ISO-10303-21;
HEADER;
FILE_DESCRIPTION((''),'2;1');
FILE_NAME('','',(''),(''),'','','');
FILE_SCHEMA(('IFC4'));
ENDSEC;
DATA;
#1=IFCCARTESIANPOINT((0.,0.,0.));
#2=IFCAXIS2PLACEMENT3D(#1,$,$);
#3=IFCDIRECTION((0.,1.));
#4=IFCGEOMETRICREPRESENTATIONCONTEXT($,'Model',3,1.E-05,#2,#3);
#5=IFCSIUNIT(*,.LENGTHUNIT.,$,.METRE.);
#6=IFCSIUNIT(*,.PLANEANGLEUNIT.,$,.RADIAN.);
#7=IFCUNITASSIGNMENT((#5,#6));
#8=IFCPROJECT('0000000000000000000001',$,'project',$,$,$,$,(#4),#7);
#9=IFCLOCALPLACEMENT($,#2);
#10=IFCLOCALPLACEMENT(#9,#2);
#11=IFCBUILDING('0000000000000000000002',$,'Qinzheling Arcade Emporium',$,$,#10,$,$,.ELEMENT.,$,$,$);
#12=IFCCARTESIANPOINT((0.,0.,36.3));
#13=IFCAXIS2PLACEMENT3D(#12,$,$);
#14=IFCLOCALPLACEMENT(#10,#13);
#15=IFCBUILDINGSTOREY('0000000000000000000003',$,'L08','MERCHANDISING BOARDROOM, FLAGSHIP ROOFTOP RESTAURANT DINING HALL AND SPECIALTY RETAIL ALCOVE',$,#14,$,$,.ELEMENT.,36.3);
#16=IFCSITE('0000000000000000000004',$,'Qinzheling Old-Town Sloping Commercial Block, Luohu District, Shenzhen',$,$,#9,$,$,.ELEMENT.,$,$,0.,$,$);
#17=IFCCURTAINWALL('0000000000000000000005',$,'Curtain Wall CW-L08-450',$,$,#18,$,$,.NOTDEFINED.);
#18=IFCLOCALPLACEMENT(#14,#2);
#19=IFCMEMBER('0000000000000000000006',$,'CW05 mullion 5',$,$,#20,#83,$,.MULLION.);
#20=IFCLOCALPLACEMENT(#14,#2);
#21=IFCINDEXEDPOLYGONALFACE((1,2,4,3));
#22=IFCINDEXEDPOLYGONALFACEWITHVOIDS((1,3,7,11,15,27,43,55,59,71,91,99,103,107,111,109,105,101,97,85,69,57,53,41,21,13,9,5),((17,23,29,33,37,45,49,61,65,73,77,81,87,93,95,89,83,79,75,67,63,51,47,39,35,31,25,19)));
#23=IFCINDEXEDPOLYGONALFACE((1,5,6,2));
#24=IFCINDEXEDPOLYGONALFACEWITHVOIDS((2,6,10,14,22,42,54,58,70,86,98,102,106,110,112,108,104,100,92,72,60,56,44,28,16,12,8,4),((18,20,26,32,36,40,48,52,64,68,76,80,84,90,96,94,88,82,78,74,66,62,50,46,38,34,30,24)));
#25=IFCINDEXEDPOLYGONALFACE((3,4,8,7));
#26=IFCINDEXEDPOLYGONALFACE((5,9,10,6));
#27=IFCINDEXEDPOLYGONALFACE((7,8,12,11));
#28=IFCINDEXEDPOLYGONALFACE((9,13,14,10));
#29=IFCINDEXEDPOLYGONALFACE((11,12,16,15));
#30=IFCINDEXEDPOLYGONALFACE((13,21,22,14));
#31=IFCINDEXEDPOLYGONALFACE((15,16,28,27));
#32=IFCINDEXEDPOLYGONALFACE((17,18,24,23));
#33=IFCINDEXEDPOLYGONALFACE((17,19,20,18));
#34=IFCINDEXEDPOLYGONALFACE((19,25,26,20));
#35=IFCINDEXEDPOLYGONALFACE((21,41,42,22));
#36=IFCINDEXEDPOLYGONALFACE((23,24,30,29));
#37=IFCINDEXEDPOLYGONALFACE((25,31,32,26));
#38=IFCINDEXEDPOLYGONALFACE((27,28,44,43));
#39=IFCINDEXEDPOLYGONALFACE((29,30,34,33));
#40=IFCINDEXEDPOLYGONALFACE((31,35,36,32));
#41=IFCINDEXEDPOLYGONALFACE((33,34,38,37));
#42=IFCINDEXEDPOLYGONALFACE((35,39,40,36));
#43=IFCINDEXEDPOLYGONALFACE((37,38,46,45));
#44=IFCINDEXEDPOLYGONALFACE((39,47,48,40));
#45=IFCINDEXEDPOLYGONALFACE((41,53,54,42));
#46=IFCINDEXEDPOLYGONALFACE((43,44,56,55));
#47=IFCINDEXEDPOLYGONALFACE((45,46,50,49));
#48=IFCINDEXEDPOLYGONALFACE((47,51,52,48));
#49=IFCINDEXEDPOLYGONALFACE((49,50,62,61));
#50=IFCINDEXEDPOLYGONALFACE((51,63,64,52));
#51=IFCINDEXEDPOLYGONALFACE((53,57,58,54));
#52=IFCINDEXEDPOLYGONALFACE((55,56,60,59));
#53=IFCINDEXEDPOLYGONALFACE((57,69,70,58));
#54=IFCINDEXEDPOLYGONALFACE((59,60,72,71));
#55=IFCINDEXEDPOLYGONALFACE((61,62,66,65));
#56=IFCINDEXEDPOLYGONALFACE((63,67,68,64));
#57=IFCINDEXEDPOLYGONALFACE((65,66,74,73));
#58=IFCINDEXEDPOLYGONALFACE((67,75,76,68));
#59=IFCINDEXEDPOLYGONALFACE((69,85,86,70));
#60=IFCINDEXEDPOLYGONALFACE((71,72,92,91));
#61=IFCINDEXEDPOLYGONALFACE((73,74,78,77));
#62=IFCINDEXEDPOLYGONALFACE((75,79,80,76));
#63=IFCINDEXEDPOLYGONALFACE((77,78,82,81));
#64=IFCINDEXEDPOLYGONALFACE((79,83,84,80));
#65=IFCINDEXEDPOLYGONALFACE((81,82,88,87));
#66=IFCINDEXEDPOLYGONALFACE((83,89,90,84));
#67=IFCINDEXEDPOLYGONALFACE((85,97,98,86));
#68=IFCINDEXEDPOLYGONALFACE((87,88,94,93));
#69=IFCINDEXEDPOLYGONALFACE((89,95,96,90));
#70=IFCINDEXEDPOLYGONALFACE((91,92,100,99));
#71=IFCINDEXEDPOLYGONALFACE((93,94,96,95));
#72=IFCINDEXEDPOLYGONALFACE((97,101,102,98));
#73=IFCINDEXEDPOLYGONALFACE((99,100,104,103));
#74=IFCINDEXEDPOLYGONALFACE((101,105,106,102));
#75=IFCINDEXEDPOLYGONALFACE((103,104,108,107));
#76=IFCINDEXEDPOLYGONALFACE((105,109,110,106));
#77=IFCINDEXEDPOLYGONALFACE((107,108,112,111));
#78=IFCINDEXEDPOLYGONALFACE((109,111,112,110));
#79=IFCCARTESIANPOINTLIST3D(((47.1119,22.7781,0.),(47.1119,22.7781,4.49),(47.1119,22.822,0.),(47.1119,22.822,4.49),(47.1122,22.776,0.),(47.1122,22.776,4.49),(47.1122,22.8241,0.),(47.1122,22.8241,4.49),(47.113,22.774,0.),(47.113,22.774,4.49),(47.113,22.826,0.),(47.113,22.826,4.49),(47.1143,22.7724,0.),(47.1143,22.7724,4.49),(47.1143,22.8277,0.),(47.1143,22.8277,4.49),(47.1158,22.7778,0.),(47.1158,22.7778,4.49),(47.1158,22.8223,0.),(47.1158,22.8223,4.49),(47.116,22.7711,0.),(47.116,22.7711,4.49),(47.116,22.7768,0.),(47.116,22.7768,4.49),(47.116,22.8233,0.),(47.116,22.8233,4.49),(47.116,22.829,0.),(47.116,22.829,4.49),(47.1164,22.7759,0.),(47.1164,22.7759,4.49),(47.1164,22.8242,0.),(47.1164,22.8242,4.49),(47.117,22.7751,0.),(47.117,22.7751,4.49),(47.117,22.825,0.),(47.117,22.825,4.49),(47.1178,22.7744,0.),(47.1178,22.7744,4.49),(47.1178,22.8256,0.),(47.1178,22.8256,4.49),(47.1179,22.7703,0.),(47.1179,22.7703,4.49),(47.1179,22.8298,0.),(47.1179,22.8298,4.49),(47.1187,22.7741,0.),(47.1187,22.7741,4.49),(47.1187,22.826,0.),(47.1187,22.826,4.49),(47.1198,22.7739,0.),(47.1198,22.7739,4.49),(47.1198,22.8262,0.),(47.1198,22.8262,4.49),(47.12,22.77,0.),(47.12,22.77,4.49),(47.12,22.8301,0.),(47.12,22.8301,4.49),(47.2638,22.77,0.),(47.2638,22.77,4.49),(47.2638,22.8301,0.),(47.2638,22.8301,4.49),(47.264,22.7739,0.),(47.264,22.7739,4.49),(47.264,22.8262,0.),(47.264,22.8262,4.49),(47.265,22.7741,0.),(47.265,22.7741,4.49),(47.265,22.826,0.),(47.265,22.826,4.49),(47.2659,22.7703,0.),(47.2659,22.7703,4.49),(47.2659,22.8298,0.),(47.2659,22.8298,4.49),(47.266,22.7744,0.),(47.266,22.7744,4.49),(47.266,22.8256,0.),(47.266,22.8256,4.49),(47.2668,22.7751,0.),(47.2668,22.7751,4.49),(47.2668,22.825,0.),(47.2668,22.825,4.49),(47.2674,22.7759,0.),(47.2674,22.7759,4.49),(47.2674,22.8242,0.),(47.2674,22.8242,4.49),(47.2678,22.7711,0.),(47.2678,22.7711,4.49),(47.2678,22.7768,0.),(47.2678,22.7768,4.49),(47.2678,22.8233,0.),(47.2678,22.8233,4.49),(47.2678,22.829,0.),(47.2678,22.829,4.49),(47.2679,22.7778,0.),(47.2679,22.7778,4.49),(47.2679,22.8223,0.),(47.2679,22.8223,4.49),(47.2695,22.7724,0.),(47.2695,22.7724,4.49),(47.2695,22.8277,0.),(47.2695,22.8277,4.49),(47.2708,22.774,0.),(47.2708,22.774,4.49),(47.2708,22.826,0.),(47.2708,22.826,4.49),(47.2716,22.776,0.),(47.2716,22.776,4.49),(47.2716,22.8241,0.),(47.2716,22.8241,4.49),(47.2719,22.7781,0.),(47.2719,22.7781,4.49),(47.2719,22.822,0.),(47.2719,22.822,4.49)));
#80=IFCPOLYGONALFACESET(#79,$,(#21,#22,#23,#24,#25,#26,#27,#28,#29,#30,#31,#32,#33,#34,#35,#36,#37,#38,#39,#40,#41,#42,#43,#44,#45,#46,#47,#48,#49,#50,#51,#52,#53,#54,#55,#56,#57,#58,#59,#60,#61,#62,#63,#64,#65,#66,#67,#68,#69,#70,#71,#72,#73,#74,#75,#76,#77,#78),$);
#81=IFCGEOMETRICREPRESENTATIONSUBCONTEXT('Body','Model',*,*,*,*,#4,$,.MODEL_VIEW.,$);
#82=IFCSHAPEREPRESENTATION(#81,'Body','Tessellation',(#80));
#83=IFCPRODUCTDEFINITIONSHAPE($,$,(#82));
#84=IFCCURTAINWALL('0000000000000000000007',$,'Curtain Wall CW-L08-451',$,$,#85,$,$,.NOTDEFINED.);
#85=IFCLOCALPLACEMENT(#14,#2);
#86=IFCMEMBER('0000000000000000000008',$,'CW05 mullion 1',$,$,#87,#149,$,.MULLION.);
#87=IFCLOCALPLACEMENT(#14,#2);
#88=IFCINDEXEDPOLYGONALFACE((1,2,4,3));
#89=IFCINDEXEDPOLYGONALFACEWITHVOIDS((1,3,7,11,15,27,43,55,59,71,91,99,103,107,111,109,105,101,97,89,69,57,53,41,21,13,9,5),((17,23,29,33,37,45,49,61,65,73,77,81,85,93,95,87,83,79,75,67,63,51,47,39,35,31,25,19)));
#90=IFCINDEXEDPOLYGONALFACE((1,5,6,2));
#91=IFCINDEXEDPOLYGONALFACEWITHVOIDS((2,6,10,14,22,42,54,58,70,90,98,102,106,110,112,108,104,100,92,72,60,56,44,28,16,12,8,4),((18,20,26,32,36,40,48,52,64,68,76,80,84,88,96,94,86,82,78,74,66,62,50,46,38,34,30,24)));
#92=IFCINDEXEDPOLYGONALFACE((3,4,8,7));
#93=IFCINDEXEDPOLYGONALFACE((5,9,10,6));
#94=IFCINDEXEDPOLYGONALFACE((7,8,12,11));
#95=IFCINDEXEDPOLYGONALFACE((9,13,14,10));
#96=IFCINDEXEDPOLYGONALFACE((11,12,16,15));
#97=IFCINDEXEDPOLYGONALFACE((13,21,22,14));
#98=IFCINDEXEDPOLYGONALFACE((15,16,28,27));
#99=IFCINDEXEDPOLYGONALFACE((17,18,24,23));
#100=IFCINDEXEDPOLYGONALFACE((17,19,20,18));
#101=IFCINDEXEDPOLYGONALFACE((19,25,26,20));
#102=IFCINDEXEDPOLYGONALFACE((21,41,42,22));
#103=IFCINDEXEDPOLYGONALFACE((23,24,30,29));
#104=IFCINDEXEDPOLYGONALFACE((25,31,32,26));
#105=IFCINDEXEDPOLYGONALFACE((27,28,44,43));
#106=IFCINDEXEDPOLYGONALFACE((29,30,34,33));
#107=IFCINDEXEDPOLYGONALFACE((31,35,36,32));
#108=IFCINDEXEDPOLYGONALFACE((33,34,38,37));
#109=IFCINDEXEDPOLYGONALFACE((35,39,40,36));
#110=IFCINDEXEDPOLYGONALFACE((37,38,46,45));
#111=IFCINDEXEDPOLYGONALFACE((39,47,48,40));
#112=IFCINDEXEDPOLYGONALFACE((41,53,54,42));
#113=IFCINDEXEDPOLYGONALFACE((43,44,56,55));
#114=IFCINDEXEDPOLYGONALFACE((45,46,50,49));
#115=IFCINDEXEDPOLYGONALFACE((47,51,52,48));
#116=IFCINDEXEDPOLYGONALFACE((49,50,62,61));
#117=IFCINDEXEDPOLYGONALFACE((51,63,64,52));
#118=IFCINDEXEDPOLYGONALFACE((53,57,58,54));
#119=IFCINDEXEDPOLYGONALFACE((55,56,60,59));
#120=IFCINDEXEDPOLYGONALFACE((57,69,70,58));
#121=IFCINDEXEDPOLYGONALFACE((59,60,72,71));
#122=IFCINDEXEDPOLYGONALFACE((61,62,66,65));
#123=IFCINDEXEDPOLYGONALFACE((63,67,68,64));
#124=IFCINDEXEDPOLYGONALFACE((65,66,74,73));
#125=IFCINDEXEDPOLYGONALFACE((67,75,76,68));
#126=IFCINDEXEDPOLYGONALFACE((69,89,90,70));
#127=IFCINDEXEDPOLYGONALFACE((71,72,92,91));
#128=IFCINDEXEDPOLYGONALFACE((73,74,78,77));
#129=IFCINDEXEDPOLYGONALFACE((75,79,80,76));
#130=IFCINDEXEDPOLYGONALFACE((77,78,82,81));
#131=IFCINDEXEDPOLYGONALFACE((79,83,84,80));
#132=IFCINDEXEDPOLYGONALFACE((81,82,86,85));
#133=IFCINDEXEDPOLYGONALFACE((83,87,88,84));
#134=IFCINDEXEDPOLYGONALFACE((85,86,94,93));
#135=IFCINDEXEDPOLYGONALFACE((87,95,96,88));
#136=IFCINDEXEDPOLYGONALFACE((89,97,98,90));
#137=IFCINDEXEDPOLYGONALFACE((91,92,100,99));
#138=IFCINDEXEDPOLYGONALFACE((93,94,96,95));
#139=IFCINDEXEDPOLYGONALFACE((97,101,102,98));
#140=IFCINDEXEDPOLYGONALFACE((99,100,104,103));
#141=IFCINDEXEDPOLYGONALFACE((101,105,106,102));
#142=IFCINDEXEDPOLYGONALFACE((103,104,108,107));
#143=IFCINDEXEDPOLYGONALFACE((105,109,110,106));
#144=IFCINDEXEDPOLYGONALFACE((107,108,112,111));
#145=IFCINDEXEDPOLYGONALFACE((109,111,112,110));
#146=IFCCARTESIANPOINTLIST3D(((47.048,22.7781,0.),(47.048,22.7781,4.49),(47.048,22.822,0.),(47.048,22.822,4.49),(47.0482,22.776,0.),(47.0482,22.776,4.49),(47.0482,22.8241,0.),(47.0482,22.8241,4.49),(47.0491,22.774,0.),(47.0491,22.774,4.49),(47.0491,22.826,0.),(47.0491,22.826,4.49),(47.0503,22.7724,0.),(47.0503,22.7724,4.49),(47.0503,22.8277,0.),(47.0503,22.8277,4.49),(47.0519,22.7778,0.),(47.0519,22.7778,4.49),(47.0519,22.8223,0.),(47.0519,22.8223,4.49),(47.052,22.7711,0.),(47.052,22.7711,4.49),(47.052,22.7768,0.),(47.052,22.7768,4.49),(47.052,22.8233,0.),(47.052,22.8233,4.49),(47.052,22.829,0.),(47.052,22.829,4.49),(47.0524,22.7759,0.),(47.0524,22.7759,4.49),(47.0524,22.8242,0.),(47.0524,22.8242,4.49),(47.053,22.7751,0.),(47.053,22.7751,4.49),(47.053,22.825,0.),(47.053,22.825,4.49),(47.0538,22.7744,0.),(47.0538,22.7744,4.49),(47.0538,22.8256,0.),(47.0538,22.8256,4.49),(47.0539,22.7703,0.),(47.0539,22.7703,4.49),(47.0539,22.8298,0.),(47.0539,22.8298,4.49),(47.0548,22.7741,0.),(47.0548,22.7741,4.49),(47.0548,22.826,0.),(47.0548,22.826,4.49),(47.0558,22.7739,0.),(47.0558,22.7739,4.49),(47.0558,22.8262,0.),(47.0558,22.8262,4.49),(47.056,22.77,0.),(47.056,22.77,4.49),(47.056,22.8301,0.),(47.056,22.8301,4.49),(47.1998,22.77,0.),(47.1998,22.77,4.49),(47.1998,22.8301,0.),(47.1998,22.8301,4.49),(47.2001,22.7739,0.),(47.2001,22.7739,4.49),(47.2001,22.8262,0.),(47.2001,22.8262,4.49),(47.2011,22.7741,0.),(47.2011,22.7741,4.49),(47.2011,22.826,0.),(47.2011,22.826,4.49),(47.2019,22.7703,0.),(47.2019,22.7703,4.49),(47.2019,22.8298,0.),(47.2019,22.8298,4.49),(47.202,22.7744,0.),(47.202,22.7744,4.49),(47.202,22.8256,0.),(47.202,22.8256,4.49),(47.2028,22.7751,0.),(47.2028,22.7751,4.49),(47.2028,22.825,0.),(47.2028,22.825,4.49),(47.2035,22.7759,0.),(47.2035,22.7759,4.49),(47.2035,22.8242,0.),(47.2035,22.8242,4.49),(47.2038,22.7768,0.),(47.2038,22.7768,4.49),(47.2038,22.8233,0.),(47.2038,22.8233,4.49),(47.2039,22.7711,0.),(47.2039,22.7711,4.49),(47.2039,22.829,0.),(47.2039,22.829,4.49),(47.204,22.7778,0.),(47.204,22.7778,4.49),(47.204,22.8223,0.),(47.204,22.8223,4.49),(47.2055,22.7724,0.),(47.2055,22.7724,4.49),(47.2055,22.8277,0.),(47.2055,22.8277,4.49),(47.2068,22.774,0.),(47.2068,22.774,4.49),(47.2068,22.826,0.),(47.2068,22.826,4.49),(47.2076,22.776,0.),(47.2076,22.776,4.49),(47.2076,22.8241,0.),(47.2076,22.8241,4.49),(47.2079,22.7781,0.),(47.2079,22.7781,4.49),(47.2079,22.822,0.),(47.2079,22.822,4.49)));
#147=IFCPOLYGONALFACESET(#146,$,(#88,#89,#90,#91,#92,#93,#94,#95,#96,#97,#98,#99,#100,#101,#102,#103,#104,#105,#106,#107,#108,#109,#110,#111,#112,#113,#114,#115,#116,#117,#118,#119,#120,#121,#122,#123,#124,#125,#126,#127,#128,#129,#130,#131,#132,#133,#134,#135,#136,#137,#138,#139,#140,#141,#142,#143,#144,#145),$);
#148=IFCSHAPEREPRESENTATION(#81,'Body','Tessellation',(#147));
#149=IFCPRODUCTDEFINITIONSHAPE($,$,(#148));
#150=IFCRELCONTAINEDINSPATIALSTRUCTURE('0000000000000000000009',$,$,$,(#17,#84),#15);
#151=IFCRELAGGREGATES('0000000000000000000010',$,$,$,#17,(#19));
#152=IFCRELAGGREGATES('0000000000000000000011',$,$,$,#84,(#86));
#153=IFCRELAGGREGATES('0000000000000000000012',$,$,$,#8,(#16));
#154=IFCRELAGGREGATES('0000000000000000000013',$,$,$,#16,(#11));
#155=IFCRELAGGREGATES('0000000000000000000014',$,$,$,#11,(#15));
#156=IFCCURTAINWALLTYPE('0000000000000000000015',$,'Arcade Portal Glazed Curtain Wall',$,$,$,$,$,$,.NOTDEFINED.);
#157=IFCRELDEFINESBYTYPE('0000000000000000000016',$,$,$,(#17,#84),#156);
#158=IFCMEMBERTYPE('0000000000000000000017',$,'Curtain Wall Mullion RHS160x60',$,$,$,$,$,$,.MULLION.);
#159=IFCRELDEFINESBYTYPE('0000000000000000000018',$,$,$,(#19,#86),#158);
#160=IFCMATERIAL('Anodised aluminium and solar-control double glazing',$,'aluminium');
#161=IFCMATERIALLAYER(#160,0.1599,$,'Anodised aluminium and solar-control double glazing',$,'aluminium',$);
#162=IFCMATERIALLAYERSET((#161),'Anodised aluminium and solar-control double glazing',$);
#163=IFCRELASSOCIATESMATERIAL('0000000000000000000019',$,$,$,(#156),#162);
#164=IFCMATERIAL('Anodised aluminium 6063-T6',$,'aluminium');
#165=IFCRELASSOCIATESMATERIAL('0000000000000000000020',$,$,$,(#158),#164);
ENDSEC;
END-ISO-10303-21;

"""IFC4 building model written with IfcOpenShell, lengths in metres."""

from ifc_helpers import new_model, si_unit, direction, frame, origin, origin_2d, place, context, subcontext, project, spatial, hollow_rectangle, extrude, material, layer, layer_set, material_profile, profile_set, type_object, element, aggregate, save


model = new_model("IFC4")

# Units and contexts
model_context = context("Model", 3, precision=1e-05, world=origin(), true_north=direction((0.0, 1.0)))
body_context = subcontext(model_context, "Body", "Model", "MODEL_VIEW")
ifc_project = project(units=[si_unit("LENGTHUNIT", "METRE"), si_unit("PLANEANGLEUNIT", "RADIAN")], contexts=[model_context])

# Site, building, storey
site_placement = place(None, origin())
site = spatial("IfcSite", under=ifc_project, at=site_placement, Name="Qinzheling Old-Town Sloping Commercial Block, Luohu District, Shenzhen", CompositionType="ELEMENT", RefElevation=0.0)
building_placement = place(site_placement, origin())
building = spatial("IfcBuilding", under=site, at=building_placement, Name="Qinzheling Arcade Emporium", CompositionType="ELEMENT")
storey_placement = place(building_placement, frame((0.0, 0.0, 36.3)))
storey = spatial("IfcBuildingStorey", under=building, at=storey_placement, Name="L08", Description="MERCHANDISING BOARDROOM, FLAGSHIP ROOFTOP RESTAURANT DINING HALL AND SPECIALTY RETAIL ALCOVE", CompositionType="ELEMENT", Elevation=36.3)

# Curtain wall, member
ifc_material_1 = material(Name="Anodised aluminium and solar-control double glazing", Category="aluminium")
ifc_layer_1 = layer(ifc_material_1, 0.1599, Name="Anodised aluminium and solar-control double glazing", Category="aluminium")
ifc_layer_set_1 = layer_set([ifc_layer_1], Name="Anodised aluminium and solar-control double glazing")
curtain_wall_type = type_object("IfcCurtainWallType", Name="Arcade Portal Glazed Curtain Wall", PredefinedType="NOTDEFINED", material=ifc_layer_set_1)
curtain_wall_1_placement = place(storey_placement, origin())
curtain_wall_1 = element("IfcCurtainWall", 1, at=curtain_wall_1_placement, inside=storey, type_object=curtain_wall_type, Name="Curtain Wall CW-L08-450", PredefinedType="NOTDEFINED")
ifc_material_2 = material(Name="Anodised aluminium 6063-T6", Category="aluminium")
ifc_material_profile_1 = material_profile(ifc_material_2, hollow_rectangle(XDim=0.0601, YDim=0.1599, WallThickness=0.0039, InnerFilletRadius=0.0039, OuterFilletRadius=0.0081, at=origin_2d()), Name="RHS 160x60x4", Category="aluminium")
ifc_profile_set_1 = profile_set([ifc_material_profile_1], Name="Anodised aluminium 6063-T6")
member_type_1 = type_object("IfcMemberType", Name="Curtain Wall Mullion RHS160x60", PredefinedType="MULLION", material=ifc_profile_set_1)
member_1_placement = place(storey_placement, frame((47.1919, 22.8, 0.0), z_axis=(0.0, 0.0, 1.0), x_axis=(0.0, -1.0, 0.0)))
member_1 = element("IfcMember", 2, at=member_1_placement, type_object=member_type_1, Name="CW05 mullion 5", PredefinedType="MULLION", context=body_context, shape_type="SweptSolid", body=[
    extrude(hollow_rectangle(XDim=0.0601, YDim=0.1599, WallThickness=0.0039, InnerFilletRadius=0.0039, OuterFilletRadius=0.0081, at=origin_2d()), origin(), (0.0, 0.0, 1.0), 4.49),
])

# Curtain wall, member
curtain_wall_2_placement = place(storey_placement, origin())
curtain_wall_2 = element("IfcCurtainWall", 3, at=curtain_wall_2_placement, inside=storey, type_object=curtain_wall_type, Name="Curtain Wall CW-L08-451", PredefinedType="NOTDEFINED")
member_2_placement = place(storey_placement, frame((47.1279, 22.8, 0.0), z_axis=(0.0, 0.0, 1.0), x_axis=(0.0, -1.0, 0.0)))
member_2 = element("IfcMember", 4, at=member_2_placement, type_object=member_type_1, Name="CW05 mullion 1", PredefinedType="MULLION", context=body_context, shape_type="SweptSolid", body=[
    extrude(hollow_rectangle(XDim=0.0601, YDim=0.1599, WallThickness=0.0039, InnerFilletRadius=0.0039, OuterFilletRadius=0.0081, at=origin_2d()), origin(), (0.0, 0.0, 1.0), 4.49),
])

aggregate(curtain_wall_1, [member_1])
aggregate(curtain_wall_2, [member_2])

save(model, "model.ifc")
